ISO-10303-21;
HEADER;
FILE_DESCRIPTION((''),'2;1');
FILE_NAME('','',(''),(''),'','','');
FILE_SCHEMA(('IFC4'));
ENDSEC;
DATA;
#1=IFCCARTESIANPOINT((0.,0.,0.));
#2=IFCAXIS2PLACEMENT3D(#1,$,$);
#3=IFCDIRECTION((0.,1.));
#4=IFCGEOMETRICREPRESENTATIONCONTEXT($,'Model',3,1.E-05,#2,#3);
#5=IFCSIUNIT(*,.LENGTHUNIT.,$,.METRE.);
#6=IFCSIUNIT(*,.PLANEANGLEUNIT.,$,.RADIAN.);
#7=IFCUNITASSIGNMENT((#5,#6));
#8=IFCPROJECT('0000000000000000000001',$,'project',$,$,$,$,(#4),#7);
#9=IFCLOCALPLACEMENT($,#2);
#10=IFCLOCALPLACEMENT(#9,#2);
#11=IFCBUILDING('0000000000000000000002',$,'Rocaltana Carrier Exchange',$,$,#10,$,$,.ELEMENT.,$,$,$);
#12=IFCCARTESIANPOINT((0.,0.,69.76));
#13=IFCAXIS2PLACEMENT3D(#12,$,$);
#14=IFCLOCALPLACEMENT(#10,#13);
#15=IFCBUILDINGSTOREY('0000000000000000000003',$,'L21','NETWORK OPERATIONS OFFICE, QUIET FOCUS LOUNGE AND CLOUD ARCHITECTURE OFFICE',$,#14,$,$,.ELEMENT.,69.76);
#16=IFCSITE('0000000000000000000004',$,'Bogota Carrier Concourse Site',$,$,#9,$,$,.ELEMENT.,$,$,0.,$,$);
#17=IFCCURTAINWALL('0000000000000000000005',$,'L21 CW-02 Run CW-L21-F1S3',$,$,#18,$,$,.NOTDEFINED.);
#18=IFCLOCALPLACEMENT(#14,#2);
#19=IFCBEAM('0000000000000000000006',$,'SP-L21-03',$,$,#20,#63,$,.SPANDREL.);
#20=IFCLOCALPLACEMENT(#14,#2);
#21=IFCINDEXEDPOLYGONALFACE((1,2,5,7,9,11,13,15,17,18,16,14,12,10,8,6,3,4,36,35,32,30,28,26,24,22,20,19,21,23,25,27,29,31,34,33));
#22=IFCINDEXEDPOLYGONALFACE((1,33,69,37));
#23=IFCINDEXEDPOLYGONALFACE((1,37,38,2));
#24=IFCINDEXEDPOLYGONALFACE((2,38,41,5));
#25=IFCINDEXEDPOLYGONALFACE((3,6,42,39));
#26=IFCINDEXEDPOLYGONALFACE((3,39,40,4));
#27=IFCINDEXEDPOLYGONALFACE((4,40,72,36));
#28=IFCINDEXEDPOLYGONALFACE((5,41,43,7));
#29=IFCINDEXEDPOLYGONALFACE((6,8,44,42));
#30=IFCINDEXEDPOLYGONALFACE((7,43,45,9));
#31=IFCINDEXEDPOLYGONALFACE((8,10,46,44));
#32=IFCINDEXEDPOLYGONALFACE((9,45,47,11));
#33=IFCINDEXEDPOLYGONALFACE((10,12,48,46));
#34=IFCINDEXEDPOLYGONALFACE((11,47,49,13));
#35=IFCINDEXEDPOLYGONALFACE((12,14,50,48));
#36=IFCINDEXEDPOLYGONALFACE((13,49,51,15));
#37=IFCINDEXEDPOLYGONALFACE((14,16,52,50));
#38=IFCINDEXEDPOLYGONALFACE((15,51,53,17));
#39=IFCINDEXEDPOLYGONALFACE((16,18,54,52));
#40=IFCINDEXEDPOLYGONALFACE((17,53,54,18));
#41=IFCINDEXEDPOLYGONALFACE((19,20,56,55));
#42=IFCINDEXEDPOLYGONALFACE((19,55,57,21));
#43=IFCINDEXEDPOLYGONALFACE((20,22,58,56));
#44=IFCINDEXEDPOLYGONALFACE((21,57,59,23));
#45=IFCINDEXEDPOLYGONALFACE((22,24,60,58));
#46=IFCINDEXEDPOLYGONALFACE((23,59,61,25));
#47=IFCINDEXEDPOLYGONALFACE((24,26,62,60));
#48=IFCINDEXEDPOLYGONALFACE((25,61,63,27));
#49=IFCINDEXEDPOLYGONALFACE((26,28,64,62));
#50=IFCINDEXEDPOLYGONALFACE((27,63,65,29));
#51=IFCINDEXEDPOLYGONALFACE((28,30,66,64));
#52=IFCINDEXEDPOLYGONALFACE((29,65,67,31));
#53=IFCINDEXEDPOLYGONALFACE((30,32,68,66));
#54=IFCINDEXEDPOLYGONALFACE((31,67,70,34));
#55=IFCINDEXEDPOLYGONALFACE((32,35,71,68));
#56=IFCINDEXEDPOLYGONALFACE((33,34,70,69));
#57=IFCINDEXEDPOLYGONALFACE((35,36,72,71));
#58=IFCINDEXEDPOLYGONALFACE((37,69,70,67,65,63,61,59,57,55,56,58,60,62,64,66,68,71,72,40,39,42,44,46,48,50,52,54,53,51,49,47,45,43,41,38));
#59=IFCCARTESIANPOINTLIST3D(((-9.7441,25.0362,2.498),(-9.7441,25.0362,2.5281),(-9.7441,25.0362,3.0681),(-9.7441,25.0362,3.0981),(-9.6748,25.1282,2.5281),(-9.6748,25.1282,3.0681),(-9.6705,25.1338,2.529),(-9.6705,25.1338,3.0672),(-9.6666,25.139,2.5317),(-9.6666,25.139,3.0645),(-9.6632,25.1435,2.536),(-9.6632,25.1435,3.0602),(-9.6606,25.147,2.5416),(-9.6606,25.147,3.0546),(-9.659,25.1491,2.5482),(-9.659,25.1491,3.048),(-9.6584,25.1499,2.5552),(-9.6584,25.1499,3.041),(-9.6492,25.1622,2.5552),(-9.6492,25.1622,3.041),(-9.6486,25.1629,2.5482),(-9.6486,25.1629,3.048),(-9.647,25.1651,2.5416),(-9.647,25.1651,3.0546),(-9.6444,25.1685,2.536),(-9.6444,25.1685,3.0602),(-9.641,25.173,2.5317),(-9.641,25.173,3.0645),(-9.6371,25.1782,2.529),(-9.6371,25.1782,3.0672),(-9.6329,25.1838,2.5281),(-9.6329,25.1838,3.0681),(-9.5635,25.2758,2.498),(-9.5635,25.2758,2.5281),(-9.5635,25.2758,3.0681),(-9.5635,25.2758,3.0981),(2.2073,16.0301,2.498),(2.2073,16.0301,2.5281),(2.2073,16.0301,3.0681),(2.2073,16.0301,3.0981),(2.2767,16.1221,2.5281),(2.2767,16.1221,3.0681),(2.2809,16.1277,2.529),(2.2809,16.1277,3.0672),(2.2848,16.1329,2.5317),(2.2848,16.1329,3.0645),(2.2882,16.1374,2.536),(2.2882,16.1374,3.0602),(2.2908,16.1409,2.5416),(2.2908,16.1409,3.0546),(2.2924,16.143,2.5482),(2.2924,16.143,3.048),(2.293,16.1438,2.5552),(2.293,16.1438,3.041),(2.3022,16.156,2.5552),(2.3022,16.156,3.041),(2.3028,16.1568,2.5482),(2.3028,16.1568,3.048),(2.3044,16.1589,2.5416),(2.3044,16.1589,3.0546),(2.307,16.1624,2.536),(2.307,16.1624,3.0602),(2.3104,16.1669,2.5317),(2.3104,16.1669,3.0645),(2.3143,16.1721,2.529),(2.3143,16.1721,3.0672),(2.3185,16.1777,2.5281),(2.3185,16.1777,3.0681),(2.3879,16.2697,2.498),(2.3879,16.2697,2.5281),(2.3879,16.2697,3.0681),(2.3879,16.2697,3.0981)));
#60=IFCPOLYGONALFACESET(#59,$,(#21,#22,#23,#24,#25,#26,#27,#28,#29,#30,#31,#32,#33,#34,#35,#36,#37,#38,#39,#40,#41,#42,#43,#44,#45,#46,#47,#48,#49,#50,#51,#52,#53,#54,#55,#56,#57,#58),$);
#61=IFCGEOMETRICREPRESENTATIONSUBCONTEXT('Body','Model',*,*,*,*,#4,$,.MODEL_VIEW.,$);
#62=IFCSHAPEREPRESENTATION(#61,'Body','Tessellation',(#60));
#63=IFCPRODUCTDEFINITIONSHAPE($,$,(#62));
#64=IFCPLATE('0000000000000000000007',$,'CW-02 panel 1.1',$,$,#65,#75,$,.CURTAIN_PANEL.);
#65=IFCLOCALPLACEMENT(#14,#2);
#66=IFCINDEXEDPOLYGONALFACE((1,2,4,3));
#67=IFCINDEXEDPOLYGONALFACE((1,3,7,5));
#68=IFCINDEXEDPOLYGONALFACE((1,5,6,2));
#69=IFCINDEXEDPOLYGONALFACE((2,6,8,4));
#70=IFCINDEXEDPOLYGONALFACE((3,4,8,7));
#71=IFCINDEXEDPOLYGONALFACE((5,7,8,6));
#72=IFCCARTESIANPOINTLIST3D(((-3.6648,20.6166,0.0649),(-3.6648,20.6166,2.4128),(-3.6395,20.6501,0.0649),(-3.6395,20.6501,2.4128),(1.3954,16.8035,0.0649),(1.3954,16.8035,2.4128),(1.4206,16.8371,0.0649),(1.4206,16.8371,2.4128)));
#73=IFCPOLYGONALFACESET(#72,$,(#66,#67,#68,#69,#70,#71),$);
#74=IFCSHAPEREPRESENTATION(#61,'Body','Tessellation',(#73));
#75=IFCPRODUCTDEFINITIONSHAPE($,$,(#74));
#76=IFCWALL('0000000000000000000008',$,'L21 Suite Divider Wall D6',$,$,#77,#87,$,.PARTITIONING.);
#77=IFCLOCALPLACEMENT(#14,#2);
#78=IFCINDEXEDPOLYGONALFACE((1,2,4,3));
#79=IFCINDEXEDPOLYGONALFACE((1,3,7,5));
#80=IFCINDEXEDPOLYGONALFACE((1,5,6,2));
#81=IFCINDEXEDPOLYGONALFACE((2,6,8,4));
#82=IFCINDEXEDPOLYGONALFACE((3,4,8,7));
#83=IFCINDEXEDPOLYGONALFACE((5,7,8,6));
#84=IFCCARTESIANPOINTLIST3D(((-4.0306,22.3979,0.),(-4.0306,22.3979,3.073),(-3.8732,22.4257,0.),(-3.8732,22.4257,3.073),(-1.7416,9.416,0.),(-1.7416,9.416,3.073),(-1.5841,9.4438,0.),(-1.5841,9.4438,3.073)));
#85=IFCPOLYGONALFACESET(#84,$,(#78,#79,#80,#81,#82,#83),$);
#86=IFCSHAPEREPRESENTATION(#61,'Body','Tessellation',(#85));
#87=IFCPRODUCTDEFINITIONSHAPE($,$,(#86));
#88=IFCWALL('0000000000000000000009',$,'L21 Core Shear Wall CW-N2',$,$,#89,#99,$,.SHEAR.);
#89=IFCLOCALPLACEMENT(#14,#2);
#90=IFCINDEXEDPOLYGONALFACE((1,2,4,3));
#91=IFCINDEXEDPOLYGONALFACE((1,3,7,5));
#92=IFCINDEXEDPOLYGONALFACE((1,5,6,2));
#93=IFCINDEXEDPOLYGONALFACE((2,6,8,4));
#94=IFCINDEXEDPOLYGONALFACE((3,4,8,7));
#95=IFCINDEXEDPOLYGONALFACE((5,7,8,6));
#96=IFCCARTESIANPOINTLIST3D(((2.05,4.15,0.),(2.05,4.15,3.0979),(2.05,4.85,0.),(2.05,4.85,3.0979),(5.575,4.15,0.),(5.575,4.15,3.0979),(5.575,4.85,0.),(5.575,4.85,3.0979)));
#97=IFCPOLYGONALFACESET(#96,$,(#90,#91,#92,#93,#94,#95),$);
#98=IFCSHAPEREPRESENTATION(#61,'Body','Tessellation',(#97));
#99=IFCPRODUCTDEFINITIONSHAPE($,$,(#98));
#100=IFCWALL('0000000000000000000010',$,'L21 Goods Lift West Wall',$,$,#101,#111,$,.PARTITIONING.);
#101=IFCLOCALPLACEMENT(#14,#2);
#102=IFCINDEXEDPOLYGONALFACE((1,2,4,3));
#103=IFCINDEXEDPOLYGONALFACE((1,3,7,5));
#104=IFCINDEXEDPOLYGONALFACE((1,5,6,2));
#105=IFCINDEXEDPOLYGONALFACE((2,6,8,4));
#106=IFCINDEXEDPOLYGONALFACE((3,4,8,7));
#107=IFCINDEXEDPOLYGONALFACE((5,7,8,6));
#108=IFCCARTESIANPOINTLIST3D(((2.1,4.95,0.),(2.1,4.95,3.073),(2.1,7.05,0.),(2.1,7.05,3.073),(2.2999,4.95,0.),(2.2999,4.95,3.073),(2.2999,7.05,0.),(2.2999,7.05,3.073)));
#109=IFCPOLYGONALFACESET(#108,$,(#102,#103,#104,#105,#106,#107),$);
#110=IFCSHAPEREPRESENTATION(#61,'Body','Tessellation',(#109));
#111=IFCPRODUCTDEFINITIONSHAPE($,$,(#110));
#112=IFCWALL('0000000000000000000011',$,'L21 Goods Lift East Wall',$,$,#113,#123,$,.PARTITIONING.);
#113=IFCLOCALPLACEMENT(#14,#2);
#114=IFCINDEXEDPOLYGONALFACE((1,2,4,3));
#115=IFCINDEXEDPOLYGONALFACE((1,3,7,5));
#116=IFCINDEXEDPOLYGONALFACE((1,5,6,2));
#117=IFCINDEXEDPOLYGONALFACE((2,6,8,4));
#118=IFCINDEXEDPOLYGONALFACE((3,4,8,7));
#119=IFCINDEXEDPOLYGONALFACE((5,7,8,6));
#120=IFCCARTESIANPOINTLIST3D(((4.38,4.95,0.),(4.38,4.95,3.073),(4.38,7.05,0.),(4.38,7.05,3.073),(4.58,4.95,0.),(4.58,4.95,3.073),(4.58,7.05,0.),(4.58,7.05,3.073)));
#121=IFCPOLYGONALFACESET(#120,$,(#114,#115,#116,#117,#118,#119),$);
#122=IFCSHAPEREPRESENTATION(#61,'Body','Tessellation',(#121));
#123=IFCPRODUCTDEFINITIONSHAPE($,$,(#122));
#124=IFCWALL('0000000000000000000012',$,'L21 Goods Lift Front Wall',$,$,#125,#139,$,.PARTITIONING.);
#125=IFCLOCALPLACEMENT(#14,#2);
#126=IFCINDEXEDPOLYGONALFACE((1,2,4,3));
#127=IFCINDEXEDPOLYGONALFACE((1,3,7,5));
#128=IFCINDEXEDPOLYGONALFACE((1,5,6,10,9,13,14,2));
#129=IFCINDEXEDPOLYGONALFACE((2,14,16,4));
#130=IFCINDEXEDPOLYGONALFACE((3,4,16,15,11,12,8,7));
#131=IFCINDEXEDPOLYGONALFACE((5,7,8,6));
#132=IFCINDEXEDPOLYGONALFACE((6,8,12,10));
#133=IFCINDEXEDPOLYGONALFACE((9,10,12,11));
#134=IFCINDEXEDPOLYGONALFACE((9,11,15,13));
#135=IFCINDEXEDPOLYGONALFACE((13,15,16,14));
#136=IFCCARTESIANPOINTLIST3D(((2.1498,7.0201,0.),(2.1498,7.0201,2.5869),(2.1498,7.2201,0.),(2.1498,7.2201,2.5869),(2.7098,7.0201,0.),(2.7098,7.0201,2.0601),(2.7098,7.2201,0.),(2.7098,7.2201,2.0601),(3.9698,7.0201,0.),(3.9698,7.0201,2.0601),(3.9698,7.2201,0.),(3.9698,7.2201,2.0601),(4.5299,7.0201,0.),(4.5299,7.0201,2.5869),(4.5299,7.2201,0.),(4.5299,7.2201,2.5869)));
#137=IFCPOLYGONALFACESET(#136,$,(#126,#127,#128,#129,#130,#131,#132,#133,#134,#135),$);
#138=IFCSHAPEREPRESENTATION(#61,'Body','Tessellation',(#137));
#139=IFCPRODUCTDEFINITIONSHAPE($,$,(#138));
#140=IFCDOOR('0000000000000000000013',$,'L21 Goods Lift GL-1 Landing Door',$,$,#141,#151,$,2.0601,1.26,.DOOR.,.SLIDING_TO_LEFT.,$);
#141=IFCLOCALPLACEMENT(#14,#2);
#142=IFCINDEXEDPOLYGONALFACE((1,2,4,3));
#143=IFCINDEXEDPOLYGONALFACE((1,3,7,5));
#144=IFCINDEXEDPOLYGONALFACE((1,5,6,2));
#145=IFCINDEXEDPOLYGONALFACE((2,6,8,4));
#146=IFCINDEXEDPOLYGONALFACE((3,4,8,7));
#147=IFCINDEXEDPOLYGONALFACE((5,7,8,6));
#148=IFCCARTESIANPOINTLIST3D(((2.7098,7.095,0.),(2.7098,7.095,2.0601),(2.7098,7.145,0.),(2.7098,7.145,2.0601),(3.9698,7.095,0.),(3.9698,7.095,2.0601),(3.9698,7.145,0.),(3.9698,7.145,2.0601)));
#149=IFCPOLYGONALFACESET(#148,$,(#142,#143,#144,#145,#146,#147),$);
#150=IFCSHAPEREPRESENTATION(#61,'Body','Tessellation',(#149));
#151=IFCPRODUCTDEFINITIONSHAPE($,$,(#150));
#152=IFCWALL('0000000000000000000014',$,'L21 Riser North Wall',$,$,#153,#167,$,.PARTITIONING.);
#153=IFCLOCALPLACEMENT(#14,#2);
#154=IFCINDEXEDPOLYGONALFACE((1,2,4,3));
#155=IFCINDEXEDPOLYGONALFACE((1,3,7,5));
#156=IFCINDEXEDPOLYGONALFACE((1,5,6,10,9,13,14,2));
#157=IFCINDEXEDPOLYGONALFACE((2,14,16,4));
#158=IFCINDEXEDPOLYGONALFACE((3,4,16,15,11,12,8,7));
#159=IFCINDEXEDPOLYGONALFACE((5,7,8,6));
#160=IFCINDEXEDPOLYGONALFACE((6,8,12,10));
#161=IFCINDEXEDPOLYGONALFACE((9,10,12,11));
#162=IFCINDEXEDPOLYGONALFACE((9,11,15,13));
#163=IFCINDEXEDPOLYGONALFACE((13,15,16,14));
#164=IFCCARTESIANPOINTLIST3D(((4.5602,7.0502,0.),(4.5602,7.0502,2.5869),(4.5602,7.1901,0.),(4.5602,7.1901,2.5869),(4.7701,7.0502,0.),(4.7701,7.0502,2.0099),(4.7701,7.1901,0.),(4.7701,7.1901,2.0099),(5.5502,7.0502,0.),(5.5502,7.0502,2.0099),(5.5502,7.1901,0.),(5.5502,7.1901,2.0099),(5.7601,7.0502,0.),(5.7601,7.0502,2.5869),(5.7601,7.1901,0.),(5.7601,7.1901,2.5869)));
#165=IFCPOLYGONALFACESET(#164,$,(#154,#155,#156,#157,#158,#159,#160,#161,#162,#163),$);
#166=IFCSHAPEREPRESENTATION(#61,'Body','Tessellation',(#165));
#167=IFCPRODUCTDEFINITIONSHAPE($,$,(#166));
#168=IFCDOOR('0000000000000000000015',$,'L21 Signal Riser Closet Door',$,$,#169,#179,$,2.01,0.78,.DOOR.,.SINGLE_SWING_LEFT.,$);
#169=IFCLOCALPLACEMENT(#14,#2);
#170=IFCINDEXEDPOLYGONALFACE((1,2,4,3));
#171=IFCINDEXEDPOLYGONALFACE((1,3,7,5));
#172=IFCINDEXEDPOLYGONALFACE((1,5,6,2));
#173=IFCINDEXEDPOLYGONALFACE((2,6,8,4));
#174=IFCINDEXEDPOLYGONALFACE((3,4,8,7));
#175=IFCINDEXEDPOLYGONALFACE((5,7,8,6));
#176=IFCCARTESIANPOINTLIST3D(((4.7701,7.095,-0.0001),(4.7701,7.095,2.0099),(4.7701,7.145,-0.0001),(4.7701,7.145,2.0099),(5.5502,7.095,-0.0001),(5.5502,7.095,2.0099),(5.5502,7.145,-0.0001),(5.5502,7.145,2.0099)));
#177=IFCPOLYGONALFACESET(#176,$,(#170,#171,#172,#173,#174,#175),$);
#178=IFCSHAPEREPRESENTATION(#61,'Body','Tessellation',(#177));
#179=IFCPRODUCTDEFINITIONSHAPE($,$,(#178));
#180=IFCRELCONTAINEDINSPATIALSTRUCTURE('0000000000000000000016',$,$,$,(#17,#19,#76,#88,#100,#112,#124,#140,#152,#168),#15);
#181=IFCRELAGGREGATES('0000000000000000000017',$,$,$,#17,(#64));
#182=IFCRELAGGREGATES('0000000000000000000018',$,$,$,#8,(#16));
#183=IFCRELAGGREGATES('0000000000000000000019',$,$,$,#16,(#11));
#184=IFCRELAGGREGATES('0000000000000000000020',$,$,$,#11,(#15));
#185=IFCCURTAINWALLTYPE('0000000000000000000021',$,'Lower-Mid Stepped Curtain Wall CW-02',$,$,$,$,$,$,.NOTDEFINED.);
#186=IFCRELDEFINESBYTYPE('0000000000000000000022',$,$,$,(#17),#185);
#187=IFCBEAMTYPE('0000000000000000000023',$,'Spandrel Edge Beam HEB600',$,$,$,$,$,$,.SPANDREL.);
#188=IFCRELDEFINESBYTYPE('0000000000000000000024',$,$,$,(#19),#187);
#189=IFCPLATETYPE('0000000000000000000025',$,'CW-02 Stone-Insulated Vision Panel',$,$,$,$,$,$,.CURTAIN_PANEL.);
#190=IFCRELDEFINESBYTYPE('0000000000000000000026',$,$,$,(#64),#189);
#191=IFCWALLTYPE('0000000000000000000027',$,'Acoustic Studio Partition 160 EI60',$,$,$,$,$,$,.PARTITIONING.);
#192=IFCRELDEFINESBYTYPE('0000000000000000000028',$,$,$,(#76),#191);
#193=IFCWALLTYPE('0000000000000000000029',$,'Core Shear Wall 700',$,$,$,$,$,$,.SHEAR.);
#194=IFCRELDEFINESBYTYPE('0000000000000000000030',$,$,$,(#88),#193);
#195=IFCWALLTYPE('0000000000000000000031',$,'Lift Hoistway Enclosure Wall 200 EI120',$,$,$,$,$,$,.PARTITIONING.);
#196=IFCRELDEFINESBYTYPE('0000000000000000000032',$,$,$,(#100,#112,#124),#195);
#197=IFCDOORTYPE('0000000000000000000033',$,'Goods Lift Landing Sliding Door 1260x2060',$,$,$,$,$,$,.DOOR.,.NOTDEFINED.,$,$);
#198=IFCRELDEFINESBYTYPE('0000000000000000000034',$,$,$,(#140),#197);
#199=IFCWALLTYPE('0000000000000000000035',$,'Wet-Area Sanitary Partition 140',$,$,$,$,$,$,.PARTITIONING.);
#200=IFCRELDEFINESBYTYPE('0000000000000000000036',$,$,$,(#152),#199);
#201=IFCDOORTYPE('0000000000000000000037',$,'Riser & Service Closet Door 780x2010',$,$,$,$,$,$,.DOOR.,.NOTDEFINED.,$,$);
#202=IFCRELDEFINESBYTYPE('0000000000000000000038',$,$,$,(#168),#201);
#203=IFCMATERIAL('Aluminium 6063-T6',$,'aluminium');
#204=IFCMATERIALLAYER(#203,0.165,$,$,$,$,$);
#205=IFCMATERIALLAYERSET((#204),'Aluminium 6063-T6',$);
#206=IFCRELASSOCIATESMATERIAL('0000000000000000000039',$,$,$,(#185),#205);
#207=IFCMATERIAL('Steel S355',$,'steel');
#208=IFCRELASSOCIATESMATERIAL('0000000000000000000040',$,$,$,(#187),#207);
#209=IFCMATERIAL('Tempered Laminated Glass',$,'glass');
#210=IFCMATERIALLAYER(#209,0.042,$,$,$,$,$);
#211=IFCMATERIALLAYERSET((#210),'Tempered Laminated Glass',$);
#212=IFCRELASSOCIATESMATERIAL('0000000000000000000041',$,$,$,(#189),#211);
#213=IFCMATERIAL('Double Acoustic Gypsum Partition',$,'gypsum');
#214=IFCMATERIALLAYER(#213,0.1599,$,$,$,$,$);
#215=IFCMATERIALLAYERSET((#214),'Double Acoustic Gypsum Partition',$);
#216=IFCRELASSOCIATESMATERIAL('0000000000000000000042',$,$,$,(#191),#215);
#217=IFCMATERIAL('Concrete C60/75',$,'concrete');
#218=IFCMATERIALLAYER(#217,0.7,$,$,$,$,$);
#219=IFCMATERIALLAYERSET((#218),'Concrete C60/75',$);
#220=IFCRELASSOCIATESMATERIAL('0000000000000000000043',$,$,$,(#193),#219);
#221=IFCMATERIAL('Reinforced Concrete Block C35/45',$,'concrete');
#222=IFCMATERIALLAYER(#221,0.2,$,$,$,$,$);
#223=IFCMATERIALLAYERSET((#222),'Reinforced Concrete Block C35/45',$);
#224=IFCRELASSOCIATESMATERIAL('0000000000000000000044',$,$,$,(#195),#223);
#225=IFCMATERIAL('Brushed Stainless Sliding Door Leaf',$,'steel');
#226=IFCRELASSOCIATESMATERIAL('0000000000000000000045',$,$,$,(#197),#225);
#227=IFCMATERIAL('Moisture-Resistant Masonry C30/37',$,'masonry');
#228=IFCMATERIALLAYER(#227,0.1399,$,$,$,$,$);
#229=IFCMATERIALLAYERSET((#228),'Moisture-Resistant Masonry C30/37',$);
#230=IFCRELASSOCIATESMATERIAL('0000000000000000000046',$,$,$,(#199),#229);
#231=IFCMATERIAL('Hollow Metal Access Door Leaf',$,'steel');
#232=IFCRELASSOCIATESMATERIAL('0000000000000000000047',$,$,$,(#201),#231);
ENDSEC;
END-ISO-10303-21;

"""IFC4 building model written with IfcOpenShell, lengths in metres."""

from ifc_helpers import new_model, si_unit, direction, frame, frame_2d, origin, origin_2d, place, context, subcontext, project, spatial, rectangle, i_section, extrude, material, layer, layer_set, material_profile, profile_set, type_object, element, fill, aggregate, save


model = new_model("IFC4")

# Units and contexts
model_context = context("Model", 3, precision=1e-05, world=origin(), true_north=direction((0.0, 1.0)))
body_context = subcontext(model_context, "Body", "Model", "MODEL_VIEW")
ifc_project = project(units=[si_unit("LENGTHUNIT", "METRE"), si_unit("PLANEANGLEUNIT", "RADIAN")], contexts=[model_context])

# Site, building, storey
site_placement = place(None, origin())
site = spatial("IfcSite", under=ifc_project, at=site_placement, Name="Bogota Carrier Concourse Site", CompositionType="ELEMENT", RefElevation=0.0)
building_placement = place(site_placement, origin())
building = spatial("IfcBuilding", under=site, at=building_placement, Name="Rocaltana Carrier Exchange", CompositionType="ELEMENT")
storey_placement = place(building_placement, frame((0.0, 0.0, 69.76)))
storey = spatial("IfcBuildingStorey", under=building, at=storey_placement, Name="L21", Description="NETWORK OPERATIONS OFFICE, QUIET FOCUS LOUNGE AND CLOUD ARCHITECTURE OFFICE", CompositionType="ELEMENT", Elevation=69.76)

# Shared definitions
ifc_material_1 = material(Name="Aluminium 6063-T6", Category="aluminium")
ifc_layer_1 = layer(ifc_material_1, 0.165)
ifc_layer_set_1 = layer_set([ifc_layer_1], Name="Aluminium 6063-T6")
curtain_wall_type = type_object("IfcCurtainWallType", Name="Lower-Mid Stepped Curtain Wall CW-02", PredefinedType="NOTDEFINED", material=ifc_layer_set_1)

# Curtain wall
curtain_wall_1_placement = place(storey_placement, origin())
curtain_wall_1 = element("IfcCurtainWall", 1, at=curtain_wall_1_placement, inside=storey, type_object=curtain_wall_type, Name="L21 CW-02 Run CW-L21-F1S3", PredefinedType="NOTDEFINED")

# Beam
ifc_material_2 = material(Name="Steel S355", Category="steel")
ifc_material_profile_1 = material_profile(ifc_material_2, i_section(OverallWidth=0.3, OverallDepth=0.6001, WebThickness=0.0154, FlangeThickness=0.03, FilletRadius=0.0271, at=origin_2d()), Name="HEB600")
ifc_profile_set_1 = profile_set([ifc_material_profile_1], Name="Steel S355")
beam_type_1 = type_object("IfcBeamType", Name="Spandrel Edge Beam HEB600", PredefinedType="SPANDREL", material=ifc_profile_set_1)
beam_1_placement = place(storey_placement, frame((2.2976, 16.1499, 2.7981), z_axis=(-0.798633, 0.601818, 0.0), x_axis=(-0.601818, -0.798633, 0.0)))
element("IfcBeam", 2, at=beam_1_placement, inside=storey, type_object=beam_type_1, Name="SP-L21-03", PredefinedType="SPANDREL", context=body_context, shape_type="SweptSolid", body=[
    extrude(i_section(OverallWidth=0.3, OverallDepth=0.6001, WebThickness=0.0154, FlangeThickness=0.03, FilletRadius=0.0271, at=origin_2d()), origin(), (0.0, 0.0, 1.0), 14.9648),
])

# Plate
ifc_material_3 = material(Name="Tempered Laminated Glass", Category="glass")
ifc_layer_2 = layer(ifc_material_3, 0.042)
ifc_layer_set_2 = layer_set([ifc_layer_2], Name="Tempered Laminated Glass")
plate_type = type_object("IfcPlateType", Name="CW-02 Stone-Insulated Vision Panel", PredefinedType="CURTAIN_PANEL", material=ifc_layer_set_2)
plate_placement = place(storey_placement, frame((-1.1221, 18.7268, 0.0649), z_axis=(0.0, 0.0, 1.0), x_axis=(-0.798638, 0.601812, 0.0)))
plate = element("IfcPlate", 3, at=plate_placement, type_object=plate_type, Name="CW-02 panel 1.1", PredefinedType="CURTAIN_PANEL", context=body_context, shape_type="SweptSolid", body=[
    extrude(rectangle(XDim=6.3359, YDim=0.042, at=origin_2d()), origin(), (0.0, 0.0, 1.0), 2.3479),
])
aggregate(curtain_wall_1, [plate])

# Walls
ifc_material_4 = material(Name="Double Acoustic Gypsum Partition", Category="gypsum")
ifc_layer_3 = layer(ifc_material_4, 0.1599)
ifc_layer_set_3 = layer_set([ifc_layer_3], Name="Double Acoustic Gypsum Partition")
wall_type_1 = type_object("IfcWallType", Name="Acoustic Studio Partition 160 EI60", PredefinedType="PARTITIONING", material=ifc_layer_set_3)
wall_1_placement = place(storey_placement, frame((-1.6628, 9.4299, 0.0), z_axis=(0.0, 0.0, 1.0), x_axis=(-0.173648, 0.984808, 0.0)))
element("IfcWall", 4, at=wall_1_placement, inside=storey, type_object=wall_type_1, Name="L21 Suite Divider Wall D6", PredefinedType="PARTITIONING", context=body_context, shape_type="SweptSolid", body=[
    extrude(rectangle(XDim=13.1821, YDim=0.1599, at=frame_2d((6.5911, 0.0))), origin(), (0.0, 0.0, 1.0), 3.073),
])
ifc_material_5 = material(Name="Concrete C60/75", Category="concrete")
ifc_layer_4 = layer(ifc_material_5, 0.7)
ifc_layer_set_4 = layer_set([ifc_layer_4], Name="Concrete C60/75")
wall_type_2 = type_object("IfcWallType", Name="Core Shear Wall 700", PredefinedType="SHEAR", material=ifc_layer_set_4)
wall_2_placement = place(storey_placement, frame((2.05, 4.5, 0.0), z_axis=(0.0, 0.0, 1.0), x_axis=(1.0, 0.0, 0.0)))
element("IfcWall", 5, at=wall_2_placement, inside=storey, type_object=wall_type_2, Name="L21 Core Shear Wall CW-N2", PredefinedType="SHEAR", context=body_context, shape_type="SweptSolid", body=[
    extrude(rectangle(XDim=3.5249, YDim=0.7, at=frame_2d((1.7625, 0.0))), origin(), (0.0, 0.0, 1.0), 3.0979),
])
ifc_material_6 = material(Name="Reinforced Concrete Block C35/45", Category="concrete")
ifc_layer_5 = layer(ifc_material_6, 0.2)
ifc_layer_set_5 = layer_set([ifc_layer_5], Name="Reinforced Concrete Block C35/45")
wall_type_3 = type_object("IfcWallType", Name="Lift Hoistway Enclosure Wall 200 EI120", PredefinedType="PARTITIONING", material=ifc_layer_set_5)
for number, where, z_axis, x_axis, name in (
    (6, (2.2, 4.95, 0.0), (0.0, 0.0, 1.0), (0.0, 1.0, 0.0), "L21 Goods Lift West Wall"),
    (7, (4.48, 4.95, 0.0), (0.0, 0.0, 1.0), (0.0, 1.0, 0.0), "L21 Goods Lift East Wall"),
):
    element("IfcWall", number, at=place(storey_placement, frame(where, z_axis=z_axis, x_axis=x_axis)), inside=storey, type_object=wall_type_3, Name=name, PredefinedType="PARTITIONING", context=body_context, shape_type="SweptSolid", body=[
        extrude(rectangle(XDim=2.1001, YDim=0.2, at=frame_2d((1.05, 0.0))), origin(), (0.0, 0.0, 1.0), 3.073),
    ])

# Walls, openings, doors
wall_3_placement = place(storey_placement, frame((2.1499, 7.1201, 0.0), z_axis=(0.0, 0.0, 1.0), x_axis=(1.0, 0.0, 0.0)))
wall_3 = element("IfcWall", 8, at=wall_3_placement, inside=storey, type_object=wall_type_3, Name="L21 Goods Lift Front Wall", PredefinedType="PARTITIONING", context=body_context, shape_type="SweptSolid", body=[
    extrude(rectangle(XDim=2.3801, YDim=0.2, at=frame_2d((1.1899, 0.0))), origin(), (0.0, 0.0, 1.0), 2.5869),
])
opening_1_placement = place(wall_3_placement, frame((0.5601, 0.0, 0.0)))
opening_1 = element("IfcOpeningElement", 9, at=opening_1_placement, cuts=wall_3, PredefinedType="OPENING", context=body_context, shape_type="SweptSolid", body=[
    extrude(rectangle(XDim=1.26, YDim=2.0601, at=frame_2d((0.6299, 1.03))), frame((0.0, 0.1099, 0.0), z_axis=(0.0, -1.0, 0.0), x_axis=(1.0, 0.0, 0.0)), (0.0, 0.0, 1.0), 0.22),
])
ifc_material_7 = material(Name="Brushed Stainless Sliding Door Leaf", Category="steel")
door_type_1 = type_object("IfcDoorType", Name="Goods Lift Landing Sliding Door 1260x2060", OperationType="NOTDEFINED", PredefinedType="DOOR", material=ifc_material_7)
door_1_placement = place(opening_1_placement, origin())
door_1 = element("IfcDoor", 10, at=door_1_placement, inside=storey, type_object=door_type_1, Name="L21 Goods Lift GL-1 Landing Door", OperationType="SLIDING_TO_LEFT", OverallHeight=2.0601, OverallWidth=1.26, PredefinedType="DOOR", context=body_context, shape_type="SweptSolid", body=[
    extrude(rectangle(XDim=1.26, YDim=2.0601, at=frame_2d((0.6299, 1.03))), frame((0.0, 0.0249, 0.0), z_axis=(0.0, -1.0, 0.0), x_axis=(1.0, 0.0, 0.0)), (0.0, 0.0, 1.0), 0.05),
])
fill(opening_1, door_1)
ifc_material_8 = material(Name="Moisture-Resistant Masonry C30/37", Category="masonry")
ifc_layer_6 = layer(ifc_material_8, 0.1399)
ifc_layer_set_6 = layer_set([ifc_layer_6], Name="Moisture-Resistant Masonry C30/37")
wall_type_4 = type_object("IfcWallType", Name="Wet-Area Sanitary Partition 140", PredefinedType="PARTITIONING", material=ifc_layer_set_6)
wall_4_placement = place(storey_placement, frame((4.5601, 7.1201, 0.0), z_axis=(0.0, 0.0, 1.0), x_axis=(1.0, 0.0, 0.0)))
wall_4 = element("IfcWall", 11, at=wall_4_placement, inside=storey, type_object=wall_type_4, Name="L21 Riser North Wall", PredefinedType="PARTITIONING", context=body_context, shape_type="SweptSolid", body=[
    extrude(rectangle(XDim=1.2, YDim=0.1399, at=frame_2d((0.6001, 0.0))), origin(), (0.0, 0.0, 1.0), 2.5869),
])
opening_2_placement = place(wall_4_placement, frame((0.21, 0.0, 0.0)))
opening_2 = element("IfcOpeningElement", 12, at=opening_2_placement, cuts=wall_4, PredefinedType="OPENING", context=body_context, shape_type="SweptSolid", body=[
    extrude(rectangle(XDim=0.78, YDim=2.01, at=frame_2d((0.3901, 1.0049))), frame((0.0, 0.0798, 0.0), z_axis=(0.0, -1.0, 0.0), x_axis=(1.0, 0.0, 0.0)), (0.0, 0.0, 1.0), 0.1599),
])
ifc_material_9 = material(Name="Hollow Metal Access Door Leaf", Category="steel")
door_type_2 = type_object("IfcDoorType", Name="Riser & Service Closet Door 780x2010", OperationType="NOTDEFINED", PredefinedType="DOOR", material=ifc_material_9)
door_2_placement = place(opening_2_placement, origin())
door_2 = element("IfcDoor", 13, at=door_2_placement, inside=storey, type_object=door_type_2, Name="L21 Signal Riser Closet Door", OperationType="SINGLE_SWING_LEFT", OverallHeight=2.01, OverallWidth=0.78, PredefinedType="DOOR", context=body_context, shape_type="SweptSolid", body=[
    extrude(rectangle(XDim=0.78, YDim=2.01, at=frame_2d((0.3901, 1.0049))), frame((0.0, 0.0249, 0.0), z_axis=(0.0, -1.0, 0.0), x_axis=(1.0, 0.0, 0.0)), (0.0, 0.0, 1.0), 0.05),
])
fill(opening_2, door_2)

save(model, "model.ifc")
